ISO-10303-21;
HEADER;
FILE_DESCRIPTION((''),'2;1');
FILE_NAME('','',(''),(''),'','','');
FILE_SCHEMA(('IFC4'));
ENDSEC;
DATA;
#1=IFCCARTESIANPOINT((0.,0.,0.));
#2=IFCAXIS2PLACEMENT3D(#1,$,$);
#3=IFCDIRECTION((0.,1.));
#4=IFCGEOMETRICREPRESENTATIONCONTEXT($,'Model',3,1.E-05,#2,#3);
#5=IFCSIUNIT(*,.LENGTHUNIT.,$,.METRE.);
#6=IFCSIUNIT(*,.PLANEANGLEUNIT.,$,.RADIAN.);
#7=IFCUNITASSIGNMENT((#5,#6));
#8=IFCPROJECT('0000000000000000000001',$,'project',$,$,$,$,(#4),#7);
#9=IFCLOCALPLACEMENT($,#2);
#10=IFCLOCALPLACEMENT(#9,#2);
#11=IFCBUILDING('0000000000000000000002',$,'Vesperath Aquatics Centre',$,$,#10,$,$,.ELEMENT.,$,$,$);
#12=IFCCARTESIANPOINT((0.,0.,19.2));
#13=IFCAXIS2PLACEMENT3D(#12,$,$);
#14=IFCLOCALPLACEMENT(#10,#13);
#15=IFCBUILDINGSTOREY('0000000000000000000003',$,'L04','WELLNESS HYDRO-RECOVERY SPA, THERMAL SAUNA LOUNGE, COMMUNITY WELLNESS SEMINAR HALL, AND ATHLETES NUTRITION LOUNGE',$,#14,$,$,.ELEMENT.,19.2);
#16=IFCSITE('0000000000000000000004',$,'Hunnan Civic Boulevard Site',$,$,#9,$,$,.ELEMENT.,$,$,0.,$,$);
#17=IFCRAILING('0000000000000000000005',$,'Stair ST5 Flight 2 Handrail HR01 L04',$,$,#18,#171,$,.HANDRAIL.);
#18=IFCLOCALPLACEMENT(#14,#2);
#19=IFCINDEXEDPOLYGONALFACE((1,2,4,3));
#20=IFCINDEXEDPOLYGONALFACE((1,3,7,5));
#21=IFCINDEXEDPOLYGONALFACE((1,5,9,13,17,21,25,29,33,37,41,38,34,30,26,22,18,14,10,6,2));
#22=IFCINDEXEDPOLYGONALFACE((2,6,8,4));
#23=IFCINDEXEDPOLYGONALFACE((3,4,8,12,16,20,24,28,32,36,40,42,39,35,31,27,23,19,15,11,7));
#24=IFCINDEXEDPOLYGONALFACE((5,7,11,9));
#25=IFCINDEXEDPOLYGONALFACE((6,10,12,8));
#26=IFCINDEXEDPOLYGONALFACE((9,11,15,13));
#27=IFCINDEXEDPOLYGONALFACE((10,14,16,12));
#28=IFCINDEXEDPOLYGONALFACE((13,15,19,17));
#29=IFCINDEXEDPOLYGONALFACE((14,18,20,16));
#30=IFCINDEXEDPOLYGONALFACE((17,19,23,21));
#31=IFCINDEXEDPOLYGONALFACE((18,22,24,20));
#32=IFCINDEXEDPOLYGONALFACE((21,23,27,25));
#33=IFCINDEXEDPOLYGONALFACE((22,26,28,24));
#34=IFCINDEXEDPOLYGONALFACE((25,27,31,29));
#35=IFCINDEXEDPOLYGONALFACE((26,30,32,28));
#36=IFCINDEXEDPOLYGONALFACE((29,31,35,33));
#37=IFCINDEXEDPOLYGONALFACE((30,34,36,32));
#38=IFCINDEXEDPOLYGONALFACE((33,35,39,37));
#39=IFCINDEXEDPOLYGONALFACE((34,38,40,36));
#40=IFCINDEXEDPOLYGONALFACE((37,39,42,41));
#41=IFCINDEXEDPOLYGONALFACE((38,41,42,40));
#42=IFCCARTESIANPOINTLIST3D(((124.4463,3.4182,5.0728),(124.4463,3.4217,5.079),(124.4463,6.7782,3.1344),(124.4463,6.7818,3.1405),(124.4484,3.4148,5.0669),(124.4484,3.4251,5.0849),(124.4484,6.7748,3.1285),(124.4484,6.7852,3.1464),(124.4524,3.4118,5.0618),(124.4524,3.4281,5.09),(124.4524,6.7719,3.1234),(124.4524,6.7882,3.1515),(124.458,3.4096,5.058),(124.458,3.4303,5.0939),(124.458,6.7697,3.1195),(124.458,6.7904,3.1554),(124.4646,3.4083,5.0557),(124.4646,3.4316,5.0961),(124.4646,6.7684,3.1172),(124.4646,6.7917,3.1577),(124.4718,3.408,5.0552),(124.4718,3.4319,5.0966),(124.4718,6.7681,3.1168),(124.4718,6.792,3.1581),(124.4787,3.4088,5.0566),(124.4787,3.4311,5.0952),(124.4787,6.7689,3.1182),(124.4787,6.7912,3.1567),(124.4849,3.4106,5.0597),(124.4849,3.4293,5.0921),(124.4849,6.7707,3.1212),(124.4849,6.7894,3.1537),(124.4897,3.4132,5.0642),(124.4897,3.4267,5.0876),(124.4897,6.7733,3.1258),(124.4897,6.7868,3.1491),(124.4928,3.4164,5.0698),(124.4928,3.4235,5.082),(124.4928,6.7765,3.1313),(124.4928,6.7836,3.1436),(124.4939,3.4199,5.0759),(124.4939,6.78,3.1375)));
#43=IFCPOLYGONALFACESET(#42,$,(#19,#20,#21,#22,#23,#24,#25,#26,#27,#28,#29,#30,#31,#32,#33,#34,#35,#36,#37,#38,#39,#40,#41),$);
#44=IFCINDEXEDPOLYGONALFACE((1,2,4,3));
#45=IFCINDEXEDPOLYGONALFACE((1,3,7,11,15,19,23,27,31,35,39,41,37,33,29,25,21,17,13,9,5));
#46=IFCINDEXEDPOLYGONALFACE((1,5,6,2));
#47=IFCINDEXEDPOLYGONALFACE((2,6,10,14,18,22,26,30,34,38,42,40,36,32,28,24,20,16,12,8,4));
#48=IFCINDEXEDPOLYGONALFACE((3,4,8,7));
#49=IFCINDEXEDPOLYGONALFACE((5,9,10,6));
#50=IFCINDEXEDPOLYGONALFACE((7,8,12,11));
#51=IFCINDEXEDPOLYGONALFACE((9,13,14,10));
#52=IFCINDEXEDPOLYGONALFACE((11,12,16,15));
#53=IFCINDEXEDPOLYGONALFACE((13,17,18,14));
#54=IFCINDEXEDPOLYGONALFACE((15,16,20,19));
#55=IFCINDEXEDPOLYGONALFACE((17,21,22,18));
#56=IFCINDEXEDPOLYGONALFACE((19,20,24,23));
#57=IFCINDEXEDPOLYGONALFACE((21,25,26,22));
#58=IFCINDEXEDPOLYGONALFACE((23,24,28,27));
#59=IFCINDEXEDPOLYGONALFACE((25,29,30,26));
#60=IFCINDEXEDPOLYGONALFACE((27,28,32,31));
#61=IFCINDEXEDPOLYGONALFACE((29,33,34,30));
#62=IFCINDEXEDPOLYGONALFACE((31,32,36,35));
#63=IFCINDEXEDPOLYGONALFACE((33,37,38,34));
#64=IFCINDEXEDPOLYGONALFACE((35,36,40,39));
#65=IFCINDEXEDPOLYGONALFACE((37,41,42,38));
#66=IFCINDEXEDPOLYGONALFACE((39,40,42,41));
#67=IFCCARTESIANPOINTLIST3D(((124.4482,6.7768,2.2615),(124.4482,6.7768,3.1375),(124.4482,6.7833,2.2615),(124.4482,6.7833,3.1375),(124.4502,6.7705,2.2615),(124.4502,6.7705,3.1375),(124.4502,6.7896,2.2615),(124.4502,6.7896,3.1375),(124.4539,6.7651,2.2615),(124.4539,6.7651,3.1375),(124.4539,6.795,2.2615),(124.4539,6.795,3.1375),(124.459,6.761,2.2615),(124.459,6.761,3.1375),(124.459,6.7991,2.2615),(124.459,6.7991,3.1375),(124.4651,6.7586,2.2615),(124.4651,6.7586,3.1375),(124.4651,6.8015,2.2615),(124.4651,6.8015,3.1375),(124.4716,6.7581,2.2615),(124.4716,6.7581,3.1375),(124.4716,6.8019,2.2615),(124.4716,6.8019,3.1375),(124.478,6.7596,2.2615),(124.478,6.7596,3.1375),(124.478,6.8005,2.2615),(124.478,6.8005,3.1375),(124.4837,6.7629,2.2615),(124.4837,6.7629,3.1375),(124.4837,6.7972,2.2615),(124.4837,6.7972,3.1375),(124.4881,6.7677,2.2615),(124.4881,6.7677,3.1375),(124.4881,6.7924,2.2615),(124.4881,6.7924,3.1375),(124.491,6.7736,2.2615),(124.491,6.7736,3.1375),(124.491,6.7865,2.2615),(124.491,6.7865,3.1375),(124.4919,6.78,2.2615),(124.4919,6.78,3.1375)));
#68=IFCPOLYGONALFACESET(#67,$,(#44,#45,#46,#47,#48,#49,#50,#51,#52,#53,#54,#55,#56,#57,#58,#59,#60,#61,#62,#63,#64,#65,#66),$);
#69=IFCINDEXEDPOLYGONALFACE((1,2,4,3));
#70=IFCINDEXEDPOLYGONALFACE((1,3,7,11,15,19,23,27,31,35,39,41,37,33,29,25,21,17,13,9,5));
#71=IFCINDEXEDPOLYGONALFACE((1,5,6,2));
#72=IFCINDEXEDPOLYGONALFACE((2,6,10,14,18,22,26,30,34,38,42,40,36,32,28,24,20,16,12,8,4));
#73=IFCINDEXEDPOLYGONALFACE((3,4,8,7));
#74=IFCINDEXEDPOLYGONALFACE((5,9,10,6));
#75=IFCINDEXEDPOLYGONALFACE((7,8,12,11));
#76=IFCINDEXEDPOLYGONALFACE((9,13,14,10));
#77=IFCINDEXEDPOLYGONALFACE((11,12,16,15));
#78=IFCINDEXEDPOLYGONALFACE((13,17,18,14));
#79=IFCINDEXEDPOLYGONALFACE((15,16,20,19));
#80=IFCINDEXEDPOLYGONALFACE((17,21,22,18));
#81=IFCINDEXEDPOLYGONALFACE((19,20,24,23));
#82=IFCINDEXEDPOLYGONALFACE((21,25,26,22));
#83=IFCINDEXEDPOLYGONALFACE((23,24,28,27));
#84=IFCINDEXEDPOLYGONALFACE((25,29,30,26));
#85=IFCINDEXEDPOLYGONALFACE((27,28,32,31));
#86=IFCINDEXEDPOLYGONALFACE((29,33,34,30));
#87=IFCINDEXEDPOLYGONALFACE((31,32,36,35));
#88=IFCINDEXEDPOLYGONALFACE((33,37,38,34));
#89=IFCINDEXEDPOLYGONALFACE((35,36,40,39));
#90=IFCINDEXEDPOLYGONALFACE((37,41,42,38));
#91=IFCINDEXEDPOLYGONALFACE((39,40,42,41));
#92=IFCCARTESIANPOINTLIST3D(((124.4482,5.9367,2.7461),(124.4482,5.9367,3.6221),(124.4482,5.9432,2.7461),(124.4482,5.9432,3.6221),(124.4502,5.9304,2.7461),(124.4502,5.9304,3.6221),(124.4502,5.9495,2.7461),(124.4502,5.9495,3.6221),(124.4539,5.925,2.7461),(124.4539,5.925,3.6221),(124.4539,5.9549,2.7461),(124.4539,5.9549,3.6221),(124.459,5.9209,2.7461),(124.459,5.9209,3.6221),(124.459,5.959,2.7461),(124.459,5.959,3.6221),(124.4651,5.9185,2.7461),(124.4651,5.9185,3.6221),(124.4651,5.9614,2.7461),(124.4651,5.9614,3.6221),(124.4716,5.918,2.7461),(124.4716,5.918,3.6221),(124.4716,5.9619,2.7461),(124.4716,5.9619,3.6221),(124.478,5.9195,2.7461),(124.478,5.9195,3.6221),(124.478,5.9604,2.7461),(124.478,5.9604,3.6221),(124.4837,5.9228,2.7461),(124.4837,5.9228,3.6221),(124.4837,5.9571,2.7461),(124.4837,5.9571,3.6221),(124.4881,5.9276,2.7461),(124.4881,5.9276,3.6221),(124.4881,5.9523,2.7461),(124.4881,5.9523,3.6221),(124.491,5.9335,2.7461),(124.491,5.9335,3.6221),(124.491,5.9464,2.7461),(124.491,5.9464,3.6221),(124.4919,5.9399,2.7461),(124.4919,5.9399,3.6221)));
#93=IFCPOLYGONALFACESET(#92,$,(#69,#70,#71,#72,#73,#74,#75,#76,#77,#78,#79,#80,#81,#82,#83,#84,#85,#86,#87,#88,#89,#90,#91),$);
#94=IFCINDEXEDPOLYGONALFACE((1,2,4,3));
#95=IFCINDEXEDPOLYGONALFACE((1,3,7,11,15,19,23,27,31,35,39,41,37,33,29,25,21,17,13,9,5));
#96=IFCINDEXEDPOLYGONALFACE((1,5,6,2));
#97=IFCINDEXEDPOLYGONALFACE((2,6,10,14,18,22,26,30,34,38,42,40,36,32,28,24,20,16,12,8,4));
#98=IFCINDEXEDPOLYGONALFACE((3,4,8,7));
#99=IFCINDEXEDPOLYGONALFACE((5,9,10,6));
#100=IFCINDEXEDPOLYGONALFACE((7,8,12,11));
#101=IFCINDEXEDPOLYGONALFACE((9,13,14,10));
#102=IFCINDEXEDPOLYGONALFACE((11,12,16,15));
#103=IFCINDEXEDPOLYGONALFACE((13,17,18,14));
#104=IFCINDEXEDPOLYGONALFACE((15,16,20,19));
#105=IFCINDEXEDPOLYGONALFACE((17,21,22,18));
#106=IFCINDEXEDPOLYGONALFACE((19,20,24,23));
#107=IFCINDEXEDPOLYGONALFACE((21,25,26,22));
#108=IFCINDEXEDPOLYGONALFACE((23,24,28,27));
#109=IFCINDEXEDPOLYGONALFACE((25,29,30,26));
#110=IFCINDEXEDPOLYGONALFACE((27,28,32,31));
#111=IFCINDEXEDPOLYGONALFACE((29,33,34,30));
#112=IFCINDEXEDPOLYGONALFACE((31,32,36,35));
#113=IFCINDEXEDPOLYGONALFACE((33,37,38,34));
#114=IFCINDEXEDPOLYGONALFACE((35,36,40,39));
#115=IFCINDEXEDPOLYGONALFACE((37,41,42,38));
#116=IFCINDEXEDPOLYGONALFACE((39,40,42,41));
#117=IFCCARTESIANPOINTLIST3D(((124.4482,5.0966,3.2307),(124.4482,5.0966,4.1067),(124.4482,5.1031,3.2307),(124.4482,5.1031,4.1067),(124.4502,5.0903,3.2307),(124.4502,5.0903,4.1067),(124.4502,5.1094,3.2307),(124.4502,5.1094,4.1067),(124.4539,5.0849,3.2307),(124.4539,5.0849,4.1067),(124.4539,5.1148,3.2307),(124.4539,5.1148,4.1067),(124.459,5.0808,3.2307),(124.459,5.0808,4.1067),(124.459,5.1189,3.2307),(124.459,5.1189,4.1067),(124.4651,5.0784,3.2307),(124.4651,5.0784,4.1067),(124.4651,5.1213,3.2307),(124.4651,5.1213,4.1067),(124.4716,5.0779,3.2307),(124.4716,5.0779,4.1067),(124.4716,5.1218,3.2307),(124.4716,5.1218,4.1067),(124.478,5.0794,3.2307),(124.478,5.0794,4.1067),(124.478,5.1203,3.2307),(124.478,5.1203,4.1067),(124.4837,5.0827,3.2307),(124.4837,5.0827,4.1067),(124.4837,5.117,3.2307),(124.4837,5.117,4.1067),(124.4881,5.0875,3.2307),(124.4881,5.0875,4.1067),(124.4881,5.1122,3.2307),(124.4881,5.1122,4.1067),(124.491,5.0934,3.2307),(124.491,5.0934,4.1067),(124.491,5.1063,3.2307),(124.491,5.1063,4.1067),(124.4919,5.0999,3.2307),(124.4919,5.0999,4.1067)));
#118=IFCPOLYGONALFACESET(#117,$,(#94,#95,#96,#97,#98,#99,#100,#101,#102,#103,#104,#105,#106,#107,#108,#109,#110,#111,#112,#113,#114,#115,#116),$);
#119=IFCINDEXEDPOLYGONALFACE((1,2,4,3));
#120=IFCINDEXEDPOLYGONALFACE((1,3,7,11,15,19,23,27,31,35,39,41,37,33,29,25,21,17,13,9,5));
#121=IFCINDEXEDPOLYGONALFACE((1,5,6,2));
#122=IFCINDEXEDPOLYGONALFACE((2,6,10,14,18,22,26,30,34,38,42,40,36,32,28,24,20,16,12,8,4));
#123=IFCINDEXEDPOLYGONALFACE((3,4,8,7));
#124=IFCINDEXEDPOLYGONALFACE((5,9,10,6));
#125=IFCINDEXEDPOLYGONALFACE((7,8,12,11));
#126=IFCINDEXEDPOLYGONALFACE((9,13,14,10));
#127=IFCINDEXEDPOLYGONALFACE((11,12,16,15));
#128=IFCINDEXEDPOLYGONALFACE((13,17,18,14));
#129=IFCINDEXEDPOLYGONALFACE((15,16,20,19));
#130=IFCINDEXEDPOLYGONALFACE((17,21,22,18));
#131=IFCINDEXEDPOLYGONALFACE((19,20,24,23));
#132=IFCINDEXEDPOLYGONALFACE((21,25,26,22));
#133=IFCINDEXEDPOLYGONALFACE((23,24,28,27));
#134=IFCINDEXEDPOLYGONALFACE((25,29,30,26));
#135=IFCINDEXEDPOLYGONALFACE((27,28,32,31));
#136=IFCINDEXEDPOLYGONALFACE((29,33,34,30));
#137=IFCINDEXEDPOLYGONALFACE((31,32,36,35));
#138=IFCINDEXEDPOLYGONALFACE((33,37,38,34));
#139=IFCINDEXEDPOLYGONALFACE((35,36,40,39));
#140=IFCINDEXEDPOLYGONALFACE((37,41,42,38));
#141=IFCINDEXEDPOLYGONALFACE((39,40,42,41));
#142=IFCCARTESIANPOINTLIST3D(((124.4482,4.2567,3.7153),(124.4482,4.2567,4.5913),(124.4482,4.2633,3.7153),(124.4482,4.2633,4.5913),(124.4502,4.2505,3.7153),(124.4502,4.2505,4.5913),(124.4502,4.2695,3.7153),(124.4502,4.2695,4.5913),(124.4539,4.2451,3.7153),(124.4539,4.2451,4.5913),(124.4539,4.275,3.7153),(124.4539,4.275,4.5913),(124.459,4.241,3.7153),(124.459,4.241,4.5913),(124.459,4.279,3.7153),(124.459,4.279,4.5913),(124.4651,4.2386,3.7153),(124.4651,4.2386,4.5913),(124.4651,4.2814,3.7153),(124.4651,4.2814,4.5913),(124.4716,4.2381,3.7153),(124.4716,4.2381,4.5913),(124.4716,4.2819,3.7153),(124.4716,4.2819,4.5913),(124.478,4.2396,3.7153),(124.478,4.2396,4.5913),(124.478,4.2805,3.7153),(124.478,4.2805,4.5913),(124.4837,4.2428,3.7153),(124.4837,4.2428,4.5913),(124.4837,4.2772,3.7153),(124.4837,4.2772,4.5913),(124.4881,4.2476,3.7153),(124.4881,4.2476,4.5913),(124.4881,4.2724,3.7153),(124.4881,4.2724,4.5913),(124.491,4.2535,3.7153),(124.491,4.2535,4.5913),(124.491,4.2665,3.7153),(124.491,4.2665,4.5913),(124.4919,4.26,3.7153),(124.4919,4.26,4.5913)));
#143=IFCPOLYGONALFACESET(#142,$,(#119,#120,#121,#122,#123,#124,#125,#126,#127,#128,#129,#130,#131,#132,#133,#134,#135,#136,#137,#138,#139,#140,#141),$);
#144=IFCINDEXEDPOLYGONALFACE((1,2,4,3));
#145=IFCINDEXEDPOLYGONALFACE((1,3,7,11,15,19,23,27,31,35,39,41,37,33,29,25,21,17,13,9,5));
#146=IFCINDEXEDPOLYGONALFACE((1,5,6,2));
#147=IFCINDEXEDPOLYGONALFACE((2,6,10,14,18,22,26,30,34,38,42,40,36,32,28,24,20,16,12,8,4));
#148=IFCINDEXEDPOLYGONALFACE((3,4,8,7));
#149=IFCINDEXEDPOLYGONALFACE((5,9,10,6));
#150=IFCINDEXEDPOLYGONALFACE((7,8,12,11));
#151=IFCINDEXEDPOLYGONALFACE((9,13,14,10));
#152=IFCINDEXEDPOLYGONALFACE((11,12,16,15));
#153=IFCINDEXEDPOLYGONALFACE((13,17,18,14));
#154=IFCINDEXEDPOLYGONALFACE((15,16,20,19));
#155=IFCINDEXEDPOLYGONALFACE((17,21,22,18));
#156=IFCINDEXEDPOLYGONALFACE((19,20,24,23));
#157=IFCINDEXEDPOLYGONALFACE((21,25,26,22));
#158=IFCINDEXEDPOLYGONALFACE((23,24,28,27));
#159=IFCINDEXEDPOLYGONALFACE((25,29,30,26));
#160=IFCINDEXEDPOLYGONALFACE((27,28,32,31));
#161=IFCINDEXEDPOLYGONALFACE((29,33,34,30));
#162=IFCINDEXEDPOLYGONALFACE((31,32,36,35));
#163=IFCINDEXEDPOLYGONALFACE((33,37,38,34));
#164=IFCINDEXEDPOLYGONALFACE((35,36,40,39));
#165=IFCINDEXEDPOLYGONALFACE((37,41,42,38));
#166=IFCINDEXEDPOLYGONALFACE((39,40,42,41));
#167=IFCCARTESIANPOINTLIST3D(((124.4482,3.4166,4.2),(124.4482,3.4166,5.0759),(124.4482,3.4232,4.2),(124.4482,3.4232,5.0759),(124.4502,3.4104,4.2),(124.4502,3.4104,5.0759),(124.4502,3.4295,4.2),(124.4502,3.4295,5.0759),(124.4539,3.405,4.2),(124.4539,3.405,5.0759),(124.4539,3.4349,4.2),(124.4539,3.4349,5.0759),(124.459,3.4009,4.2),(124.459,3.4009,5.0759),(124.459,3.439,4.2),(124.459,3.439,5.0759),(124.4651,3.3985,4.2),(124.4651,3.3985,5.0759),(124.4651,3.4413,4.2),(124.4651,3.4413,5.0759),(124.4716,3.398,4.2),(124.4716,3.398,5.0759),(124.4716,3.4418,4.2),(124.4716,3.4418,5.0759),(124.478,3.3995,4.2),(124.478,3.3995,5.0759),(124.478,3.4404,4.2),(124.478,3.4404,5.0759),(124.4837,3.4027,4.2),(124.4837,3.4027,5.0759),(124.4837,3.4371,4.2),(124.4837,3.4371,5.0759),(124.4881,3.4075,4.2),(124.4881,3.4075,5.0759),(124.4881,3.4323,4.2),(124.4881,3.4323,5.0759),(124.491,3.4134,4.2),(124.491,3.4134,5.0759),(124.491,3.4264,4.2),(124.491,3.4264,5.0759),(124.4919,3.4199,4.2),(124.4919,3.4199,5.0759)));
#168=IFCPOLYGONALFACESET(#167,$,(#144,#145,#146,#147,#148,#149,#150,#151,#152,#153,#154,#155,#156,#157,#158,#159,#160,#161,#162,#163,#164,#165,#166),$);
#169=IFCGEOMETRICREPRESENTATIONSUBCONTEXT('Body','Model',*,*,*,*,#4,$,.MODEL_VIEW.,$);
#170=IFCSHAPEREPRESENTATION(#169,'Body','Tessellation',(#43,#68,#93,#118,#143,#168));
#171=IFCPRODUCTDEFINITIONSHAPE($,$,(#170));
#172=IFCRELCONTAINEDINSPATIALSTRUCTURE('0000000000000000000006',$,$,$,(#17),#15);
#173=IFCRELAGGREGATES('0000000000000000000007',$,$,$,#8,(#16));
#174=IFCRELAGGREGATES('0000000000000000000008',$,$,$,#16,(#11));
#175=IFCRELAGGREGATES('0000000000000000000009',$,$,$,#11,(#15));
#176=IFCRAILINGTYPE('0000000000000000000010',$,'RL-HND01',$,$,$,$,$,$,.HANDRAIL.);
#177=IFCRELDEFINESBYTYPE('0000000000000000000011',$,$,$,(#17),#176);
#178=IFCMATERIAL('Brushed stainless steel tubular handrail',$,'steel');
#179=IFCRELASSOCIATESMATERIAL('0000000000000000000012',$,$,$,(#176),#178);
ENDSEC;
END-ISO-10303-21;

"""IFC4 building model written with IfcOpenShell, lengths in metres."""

from ifc_helpers import new_model, si_unit, direction, frame, origin, origin_2d, place, context, subcontext, project, spatial, circle, extrude, material, type_object, element, save


model = new_model("IFC4")

# Units and contexts
model_context = context("Model", 3, precision=1e-05, world=origin(), true_north=direction((0.0, 1.0)))
body_context = subcontext(model_context, "Body", "Model", "MODEL_VIEW")
ifc_project = project(units=[si_unit("LENGTHUNIT", "METRE"), si_unit("PLANEANGLEUNIT", "RADIAN")], contexts=[model_context])

# Site, building, storey
site_placement = place(None, origin())
site = spatial("IfcSite", under=ifc_project, at=site_placement, Name="Hunnan Civic Boulevard Site", CompositionType="ELEMENT", RefElevation=0.0)
building_placement = place(site_placement, origin())
building = spatial("IfcBuilding", under=site, at=building_placement, Name="Vesperath Aquatics Centre", CompositionType="ELEMENT")
storey_placement = place(building_placement, frame((0.0, 0.0, 19.2)))
storey = spatial("IfcBuildingStorey", under=building, at=storey_placement, Name="L04", Description="WELLNESS HYDRO-RECOVERY SPA, THERMAL SAUNA LOUNGE, COMMUNITY WELLNESS SEMINAR HALL, AND ATHLETES NUTRITION LOUNGE", CompositionType="ELEMENT", Elevation=19.2)

# Railing
ifc_material_1 = material(Name="Brushed stainless steel tubular handrail", Category="steel")
railing_type_1 = type_object("IfcRailingType", Name="RL-HND01", PredefinedType="HANDRAIL", material=ifc_material_1)
railing_1_placement = place(storey_placement, frame((124.47, 6.78, 2.2615)))
element("IfcRailing", 1, at=railing_1_placement, inside=storey, type_object=railing_type_1, Name="Stair ST5 Flight 2 Handrail HR01 L04", PredefinedType="HANDRAIL", context=body_context, shape_type="SweptSolid", body=[
    extrude(circle(Radius=0.0239, at=origin_2d()), frame((0.0, 0.0, 0.876), z_axis=(0.0, -0.866191, 0.499713), x_axis=(1.0, 0.0, 0.0)), (0.0, 0.0, 1.0), 3.8792),
    extrude(circle(Radius=0.022, at=origin_2d()), origin(), (0.0, 0.0, 1.0), 0.876),
    extrude(circle(Radius=0.022, at=origin_2d()), frame((0.0, -0.8401, 0.4846)), (0.0, 0.0, 1.0), 0.876),
    extrude(circle(Radius=0.022, at=origin_2d()), frame((0.0, -1.6802, 0.9692)), (0.0, 0.0, 1.0), 0.876),
    extrude(circle(Radius=0.022, at=origin_2d()), frame((0.0, -2.52, 1.4539)), (0.0, 0.0, 1.0), 0.876),
    extrude(circle(Radius=0.022, at=origin_2d()), frame((0.0, -3.3601, 1.9385)), (0.0, 0.0, 1.0), 0.876),
])

save(model, "model.ifc")
